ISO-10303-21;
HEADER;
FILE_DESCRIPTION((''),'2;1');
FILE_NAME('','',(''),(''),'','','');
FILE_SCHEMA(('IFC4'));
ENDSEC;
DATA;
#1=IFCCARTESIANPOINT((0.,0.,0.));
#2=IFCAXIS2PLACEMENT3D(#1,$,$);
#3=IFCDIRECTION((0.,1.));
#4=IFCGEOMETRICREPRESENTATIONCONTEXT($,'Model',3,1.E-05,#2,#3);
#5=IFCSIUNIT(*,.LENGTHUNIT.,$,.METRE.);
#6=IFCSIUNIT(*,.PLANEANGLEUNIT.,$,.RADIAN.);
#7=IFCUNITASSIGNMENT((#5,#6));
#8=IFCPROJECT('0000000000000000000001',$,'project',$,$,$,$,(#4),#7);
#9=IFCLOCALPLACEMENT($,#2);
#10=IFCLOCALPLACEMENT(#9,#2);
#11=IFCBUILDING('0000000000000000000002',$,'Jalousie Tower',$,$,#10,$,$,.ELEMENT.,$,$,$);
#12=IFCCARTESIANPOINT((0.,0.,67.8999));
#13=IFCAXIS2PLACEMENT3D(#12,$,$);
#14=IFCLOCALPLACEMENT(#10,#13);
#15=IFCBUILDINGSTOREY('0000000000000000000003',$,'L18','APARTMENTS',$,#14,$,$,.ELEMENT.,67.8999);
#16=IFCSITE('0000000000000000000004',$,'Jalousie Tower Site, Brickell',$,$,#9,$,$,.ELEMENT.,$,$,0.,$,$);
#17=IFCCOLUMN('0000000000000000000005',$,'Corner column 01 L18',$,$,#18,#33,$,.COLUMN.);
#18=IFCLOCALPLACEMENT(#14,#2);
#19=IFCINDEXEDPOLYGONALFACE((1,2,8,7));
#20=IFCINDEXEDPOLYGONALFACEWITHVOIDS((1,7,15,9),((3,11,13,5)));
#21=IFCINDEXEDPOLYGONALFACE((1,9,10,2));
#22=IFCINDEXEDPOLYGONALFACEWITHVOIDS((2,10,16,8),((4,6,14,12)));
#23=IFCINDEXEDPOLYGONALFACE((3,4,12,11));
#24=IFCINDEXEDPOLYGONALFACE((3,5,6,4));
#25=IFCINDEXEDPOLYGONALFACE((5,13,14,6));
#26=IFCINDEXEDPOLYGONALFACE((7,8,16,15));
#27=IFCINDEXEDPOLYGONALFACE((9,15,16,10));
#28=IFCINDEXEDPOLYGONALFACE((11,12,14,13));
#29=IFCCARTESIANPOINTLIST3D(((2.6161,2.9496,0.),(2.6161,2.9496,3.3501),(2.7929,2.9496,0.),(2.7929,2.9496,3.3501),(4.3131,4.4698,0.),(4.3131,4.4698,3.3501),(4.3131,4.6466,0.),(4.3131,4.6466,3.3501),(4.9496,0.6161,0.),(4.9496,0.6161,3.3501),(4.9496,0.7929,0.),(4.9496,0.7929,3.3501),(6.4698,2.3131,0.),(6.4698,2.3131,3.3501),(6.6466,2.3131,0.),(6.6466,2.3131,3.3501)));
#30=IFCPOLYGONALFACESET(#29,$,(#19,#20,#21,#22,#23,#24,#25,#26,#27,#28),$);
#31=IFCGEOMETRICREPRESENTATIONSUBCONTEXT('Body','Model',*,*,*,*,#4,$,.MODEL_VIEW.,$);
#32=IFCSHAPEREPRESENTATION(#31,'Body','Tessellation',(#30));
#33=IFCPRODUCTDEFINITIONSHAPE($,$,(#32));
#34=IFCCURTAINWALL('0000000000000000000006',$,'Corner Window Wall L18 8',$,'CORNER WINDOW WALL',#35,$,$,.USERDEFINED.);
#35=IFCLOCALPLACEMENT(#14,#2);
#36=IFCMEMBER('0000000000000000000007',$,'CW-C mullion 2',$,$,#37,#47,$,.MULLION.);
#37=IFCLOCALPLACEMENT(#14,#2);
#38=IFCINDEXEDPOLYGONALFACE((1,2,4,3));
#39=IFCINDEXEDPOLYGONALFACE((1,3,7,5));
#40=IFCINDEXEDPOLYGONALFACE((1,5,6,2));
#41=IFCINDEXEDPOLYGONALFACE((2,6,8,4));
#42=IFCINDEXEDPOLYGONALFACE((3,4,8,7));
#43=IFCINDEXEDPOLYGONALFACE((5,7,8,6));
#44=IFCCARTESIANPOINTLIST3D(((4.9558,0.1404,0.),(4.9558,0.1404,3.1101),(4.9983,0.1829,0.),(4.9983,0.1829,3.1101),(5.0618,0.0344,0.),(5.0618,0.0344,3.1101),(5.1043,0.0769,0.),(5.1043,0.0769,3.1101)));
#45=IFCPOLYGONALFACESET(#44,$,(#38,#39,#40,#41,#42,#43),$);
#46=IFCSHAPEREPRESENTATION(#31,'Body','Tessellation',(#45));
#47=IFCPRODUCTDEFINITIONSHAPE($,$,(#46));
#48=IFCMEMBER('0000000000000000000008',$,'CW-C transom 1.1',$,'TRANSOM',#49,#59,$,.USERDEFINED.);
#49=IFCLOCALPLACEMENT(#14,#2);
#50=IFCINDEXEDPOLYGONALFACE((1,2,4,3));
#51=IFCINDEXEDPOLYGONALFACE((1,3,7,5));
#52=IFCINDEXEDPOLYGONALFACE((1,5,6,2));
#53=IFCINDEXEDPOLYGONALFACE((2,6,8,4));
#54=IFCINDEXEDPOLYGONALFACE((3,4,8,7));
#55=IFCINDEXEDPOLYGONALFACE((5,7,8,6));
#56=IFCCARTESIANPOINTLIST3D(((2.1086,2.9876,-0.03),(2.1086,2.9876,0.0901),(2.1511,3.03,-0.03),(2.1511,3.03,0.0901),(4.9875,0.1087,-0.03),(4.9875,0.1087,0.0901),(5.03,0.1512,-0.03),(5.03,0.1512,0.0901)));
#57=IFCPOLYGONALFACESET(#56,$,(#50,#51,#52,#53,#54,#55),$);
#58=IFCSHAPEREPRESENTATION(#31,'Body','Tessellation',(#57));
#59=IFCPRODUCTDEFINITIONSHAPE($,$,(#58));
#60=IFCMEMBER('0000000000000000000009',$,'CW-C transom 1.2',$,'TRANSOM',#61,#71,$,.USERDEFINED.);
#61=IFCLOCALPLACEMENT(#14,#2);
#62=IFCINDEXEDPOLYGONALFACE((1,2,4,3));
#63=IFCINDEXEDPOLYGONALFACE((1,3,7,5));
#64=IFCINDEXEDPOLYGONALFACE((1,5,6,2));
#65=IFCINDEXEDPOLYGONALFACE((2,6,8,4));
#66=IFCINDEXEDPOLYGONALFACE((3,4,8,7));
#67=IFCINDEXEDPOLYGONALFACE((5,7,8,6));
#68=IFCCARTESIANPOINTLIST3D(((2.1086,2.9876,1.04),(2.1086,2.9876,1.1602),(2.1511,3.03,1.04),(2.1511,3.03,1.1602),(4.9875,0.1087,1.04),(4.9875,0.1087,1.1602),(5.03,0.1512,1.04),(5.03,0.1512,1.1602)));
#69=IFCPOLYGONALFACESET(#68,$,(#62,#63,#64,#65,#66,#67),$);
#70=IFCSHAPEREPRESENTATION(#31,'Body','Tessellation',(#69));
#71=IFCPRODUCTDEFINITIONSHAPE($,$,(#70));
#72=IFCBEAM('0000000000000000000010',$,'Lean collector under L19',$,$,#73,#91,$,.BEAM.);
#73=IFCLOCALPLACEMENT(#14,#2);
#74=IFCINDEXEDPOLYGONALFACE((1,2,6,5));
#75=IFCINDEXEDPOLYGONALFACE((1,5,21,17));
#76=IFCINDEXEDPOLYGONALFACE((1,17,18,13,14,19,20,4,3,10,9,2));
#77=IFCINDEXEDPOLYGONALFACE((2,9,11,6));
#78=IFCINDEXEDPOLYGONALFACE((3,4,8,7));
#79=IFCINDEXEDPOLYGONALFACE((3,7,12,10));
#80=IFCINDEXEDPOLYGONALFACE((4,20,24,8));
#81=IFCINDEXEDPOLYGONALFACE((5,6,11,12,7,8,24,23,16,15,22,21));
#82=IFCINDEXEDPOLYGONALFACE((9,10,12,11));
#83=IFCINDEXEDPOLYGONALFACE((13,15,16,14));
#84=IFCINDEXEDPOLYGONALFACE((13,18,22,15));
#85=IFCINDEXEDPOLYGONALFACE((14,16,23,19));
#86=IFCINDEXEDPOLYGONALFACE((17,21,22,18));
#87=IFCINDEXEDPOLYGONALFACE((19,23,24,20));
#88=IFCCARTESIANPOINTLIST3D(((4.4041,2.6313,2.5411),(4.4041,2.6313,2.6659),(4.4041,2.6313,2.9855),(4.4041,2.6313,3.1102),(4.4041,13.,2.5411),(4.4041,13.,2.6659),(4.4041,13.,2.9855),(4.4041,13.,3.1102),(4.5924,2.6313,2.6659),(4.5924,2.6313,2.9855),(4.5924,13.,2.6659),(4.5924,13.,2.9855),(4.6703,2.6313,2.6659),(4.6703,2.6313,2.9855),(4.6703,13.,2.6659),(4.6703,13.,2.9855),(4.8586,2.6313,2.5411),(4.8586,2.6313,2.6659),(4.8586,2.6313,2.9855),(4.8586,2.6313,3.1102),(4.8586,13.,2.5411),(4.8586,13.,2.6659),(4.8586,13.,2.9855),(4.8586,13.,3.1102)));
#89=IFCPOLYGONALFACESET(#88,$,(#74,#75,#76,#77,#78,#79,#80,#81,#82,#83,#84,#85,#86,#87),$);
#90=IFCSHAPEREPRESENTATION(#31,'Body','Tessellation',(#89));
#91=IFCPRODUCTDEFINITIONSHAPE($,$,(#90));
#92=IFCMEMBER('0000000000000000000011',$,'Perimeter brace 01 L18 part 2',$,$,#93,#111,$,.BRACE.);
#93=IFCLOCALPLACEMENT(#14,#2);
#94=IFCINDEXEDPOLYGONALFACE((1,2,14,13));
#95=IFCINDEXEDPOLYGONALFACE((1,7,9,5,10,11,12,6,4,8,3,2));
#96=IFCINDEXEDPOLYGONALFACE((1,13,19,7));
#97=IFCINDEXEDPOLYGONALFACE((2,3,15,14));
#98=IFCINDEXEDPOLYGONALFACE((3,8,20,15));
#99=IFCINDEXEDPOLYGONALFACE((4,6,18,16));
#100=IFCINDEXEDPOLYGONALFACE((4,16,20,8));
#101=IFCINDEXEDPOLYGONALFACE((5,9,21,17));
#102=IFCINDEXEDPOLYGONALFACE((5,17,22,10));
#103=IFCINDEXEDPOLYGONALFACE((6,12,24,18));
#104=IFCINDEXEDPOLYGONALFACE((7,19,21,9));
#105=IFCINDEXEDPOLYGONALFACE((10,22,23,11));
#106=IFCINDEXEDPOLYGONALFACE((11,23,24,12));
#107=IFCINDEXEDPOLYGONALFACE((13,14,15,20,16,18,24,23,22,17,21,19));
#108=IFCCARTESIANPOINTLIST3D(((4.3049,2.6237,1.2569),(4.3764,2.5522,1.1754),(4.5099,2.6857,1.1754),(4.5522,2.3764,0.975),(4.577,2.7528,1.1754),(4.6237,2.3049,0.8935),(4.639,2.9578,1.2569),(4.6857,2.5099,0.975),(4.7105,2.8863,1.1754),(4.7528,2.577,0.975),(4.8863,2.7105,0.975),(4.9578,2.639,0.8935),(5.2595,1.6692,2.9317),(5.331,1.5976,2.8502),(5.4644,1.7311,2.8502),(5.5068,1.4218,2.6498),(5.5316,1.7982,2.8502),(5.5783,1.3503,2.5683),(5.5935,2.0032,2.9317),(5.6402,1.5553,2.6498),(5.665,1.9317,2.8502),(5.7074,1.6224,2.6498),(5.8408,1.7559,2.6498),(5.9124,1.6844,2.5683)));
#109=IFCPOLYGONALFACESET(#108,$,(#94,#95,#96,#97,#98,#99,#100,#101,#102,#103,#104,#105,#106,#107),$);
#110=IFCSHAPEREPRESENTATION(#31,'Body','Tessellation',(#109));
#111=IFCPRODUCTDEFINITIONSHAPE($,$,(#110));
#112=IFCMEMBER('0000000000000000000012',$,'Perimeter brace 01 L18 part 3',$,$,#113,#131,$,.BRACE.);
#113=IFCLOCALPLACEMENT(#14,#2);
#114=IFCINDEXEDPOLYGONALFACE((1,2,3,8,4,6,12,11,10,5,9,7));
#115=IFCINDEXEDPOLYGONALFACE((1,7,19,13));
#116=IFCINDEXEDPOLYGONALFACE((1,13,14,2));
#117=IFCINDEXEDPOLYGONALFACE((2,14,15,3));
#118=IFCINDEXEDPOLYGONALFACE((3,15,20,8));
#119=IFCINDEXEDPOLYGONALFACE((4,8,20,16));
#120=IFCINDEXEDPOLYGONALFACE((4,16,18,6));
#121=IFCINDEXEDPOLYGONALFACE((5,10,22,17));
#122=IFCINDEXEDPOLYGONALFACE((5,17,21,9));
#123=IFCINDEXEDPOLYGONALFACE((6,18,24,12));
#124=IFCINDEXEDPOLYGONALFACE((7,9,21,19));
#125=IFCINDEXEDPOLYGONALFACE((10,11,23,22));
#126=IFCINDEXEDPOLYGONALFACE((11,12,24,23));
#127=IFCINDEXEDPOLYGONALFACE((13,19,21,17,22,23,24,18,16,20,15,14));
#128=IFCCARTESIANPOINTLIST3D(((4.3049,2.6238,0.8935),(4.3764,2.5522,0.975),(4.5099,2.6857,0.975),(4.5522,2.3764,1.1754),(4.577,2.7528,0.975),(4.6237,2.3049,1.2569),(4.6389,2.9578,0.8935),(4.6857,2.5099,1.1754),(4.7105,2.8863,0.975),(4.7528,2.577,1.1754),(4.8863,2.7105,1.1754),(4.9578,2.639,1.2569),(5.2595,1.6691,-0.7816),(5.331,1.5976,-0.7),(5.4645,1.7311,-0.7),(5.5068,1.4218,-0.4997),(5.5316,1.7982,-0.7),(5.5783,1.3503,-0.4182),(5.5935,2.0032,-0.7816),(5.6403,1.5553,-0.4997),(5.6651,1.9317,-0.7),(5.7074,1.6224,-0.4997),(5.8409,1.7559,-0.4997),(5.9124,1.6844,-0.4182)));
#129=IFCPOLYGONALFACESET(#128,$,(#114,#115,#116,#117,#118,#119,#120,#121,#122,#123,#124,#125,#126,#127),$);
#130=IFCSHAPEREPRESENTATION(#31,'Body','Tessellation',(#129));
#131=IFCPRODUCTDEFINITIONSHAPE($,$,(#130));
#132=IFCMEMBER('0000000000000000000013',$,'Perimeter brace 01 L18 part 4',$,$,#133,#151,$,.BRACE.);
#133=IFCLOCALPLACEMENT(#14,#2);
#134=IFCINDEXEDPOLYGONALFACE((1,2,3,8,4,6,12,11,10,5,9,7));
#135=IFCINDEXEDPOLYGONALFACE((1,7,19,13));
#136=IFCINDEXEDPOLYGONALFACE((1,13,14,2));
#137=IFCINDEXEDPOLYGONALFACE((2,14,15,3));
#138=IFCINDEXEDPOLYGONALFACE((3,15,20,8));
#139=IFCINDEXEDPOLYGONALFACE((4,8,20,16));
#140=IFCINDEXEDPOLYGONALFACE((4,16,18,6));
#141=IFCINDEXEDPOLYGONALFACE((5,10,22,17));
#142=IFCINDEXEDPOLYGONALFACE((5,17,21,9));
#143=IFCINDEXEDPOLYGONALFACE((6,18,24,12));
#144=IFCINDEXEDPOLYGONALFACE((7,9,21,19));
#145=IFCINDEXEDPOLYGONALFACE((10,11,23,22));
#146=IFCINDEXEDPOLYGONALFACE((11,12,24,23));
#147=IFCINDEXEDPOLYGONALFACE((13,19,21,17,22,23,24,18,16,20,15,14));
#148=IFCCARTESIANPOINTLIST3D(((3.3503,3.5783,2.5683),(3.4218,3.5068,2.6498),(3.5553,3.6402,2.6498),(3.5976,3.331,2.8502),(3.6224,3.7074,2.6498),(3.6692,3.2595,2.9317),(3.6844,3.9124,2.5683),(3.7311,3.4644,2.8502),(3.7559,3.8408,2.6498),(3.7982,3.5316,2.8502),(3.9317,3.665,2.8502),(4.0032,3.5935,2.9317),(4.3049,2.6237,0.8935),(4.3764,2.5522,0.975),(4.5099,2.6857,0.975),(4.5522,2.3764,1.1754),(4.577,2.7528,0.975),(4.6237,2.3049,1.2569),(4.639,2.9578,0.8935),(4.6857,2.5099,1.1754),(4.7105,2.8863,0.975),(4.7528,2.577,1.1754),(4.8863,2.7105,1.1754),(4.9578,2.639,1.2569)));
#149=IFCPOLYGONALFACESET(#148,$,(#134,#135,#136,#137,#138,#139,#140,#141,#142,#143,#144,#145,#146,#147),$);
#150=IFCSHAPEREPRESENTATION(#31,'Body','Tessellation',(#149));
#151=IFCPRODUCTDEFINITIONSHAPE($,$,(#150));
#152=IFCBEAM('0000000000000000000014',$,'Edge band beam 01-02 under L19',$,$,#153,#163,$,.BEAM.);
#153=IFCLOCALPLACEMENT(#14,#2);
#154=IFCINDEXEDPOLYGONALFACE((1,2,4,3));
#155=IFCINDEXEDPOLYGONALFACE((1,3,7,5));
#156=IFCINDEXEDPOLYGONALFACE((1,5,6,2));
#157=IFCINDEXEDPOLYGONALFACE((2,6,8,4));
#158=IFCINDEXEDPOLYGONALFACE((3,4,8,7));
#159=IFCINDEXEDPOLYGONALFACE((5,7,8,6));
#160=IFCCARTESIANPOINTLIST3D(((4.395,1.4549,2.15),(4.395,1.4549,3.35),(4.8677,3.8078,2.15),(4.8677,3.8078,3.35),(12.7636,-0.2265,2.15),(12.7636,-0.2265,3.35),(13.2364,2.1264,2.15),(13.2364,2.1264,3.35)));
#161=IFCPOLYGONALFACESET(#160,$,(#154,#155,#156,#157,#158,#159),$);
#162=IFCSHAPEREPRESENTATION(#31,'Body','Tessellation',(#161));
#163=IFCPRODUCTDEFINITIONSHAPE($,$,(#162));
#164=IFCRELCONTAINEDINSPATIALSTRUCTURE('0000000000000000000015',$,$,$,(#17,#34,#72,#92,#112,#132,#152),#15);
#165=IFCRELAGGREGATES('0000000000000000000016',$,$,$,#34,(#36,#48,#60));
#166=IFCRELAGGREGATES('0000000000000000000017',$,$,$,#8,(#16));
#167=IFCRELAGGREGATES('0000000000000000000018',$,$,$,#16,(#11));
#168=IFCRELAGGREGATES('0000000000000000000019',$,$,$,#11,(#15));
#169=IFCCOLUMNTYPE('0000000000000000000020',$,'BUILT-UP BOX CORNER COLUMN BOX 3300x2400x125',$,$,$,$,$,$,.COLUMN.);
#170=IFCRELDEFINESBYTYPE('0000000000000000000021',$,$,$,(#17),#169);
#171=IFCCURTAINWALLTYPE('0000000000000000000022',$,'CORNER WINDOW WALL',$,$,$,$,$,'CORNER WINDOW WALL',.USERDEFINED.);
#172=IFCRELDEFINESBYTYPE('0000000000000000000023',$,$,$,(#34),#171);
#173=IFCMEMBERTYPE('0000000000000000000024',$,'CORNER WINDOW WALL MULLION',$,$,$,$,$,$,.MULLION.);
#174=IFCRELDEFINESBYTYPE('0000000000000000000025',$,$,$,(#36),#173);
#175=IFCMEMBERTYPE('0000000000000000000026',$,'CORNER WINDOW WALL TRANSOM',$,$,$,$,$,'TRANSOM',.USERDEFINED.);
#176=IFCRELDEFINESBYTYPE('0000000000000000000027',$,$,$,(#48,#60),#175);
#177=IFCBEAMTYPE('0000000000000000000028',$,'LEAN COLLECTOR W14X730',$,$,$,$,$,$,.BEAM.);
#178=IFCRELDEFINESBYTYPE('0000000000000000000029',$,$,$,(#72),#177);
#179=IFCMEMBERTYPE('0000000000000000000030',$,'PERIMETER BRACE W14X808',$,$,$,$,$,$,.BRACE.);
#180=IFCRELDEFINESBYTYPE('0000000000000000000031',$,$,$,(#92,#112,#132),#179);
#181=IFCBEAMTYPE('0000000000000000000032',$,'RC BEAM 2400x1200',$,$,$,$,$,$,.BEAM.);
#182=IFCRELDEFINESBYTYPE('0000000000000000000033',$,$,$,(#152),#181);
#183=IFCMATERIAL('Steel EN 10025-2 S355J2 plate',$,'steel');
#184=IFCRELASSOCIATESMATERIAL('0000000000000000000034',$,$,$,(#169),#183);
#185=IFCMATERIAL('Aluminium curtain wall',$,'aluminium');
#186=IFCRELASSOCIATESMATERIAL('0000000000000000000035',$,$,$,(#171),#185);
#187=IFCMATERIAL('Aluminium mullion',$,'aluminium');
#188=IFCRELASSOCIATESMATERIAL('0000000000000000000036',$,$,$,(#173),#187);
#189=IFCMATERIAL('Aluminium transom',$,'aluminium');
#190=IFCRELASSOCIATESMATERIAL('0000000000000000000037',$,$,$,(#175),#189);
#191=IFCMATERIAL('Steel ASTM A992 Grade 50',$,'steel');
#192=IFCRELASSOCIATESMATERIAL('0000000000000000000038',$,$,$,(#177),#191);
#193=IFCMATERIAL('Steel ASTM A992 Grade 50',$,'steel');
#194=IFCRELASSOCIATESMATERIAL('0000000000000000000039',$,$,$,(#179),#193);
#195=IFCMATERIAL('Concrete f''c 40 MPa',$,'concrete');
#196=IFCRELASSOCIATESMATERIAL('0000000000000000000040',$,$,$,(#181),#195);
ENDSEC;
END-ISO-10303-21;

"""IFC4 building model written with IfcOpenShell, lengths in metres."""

from ifc_helpers import new_model, si_unit, direction, frame, origin, origin_2d, place, context, subcontext, project, spatial, rectangle, hollow_rectangle, i_section, extrude, material, material_profile, profile_set, type_object, element, aggregate, save


model = new_model("IFC4")

# Units and contexts
model_context = context("Model", 3, precision=1e-05, world=origin(), true_north=direction((0.0, 1.0)))
body_context = subcontext(model_context, "Body", "Model", "MODEL_VIEW")
ifc_project = project(units=[si_unit("LENGTHUNIT", "METRE"), si_unit("PLANEANGLEUNIT", "RADIAN")], contexts=[model_context])

# Site, building, storey
site_placement = place(None, origin())
site = spatial("IfcSite", under=ifc_project, at=site_placement, Name="Jalousie Tower Site, Brickell", CompositionType="ELEMENT", RefElevation=0.0)
building_placement = place(site_placement, origin())
building = spatial("IfcBuilding", under=site, at=building_placement, Name="Jalousie Tower", CompositionType="ELEMENT")
storey_placement = place(building_placement, frame((0.0, 0.0, 67.8999)))
storey = spatial("IfcBuildingStorey", under=building, at=storey_placement, Name="L18", Description="APARTMENTS", CompositionType="ELEMENT", Elevation=67.8999)

# Column
ifc_material_1 = material(Name="Steel EN 10025-2 S355J2 plate", Category="steel")
ifc_material_profile_1 = material_profile(ifc_material_1, hollow_rectangle(XDim=2.3999, YDim=3.3, WallThickness=0.125, at=origin_2d()), Name="BOX 3300x2400x125")
ifc_profile_set_1 = profile_set([ifc_material_profile_1], Name="Steel EN 10025-2 S355J2 plate")
column_type = type_object("IfcColumnType", Name="BUILT-UP BOX CORNER COLUMN BOX 3300x2400x125", PredefinedType="COLUMN", material=ifc_profile_set_1)
column_placement = place(storey_placement, frame((4.6313, 2.6313, 0.0), z_axis=(0.0, 0.0, 1.0), x_axis=(0.707107, 0.707107, 0.0)))
element("IfcColumn", 1, at=column_placement, inside=storey, type_object=column_type, Name="Corner column 01 L18", PredefinedType="COLUMN", context=body_context, shape_type="SweptSolid", body=[
    extrude(hollow_rectangle(XDim=2.3999, YDim=3.3, WallThickness=0.125, at=origin_2d()), origin(), (0.0, 0.0, 1.0), 3.3501),
])

# Curtain wall, members
ifc_material_2 = material(Name="Aluminium curtain wall", Category="aluminium")
curtain_wall_type_1 = type_object("IfcCurtainWallType", Name="CORNER WINDOW WALL", ElementType="CORNER WINDOW WALL", PredefinedType="USERDEFINED", material=ifc_material_2)
curtain_wall_1_placement = place(storey_placement, origin())
curtain_wall_1 = element("IfcCurtainWall", 2, at=curtain_wall_1_placement, inside=storey, type_object=curtain_wall_type_1, Name="Corner Window Wall L18 8", ObjectType="CORNER WINDOW WALL", PredefinedType="USERDEFINED")
ifc_material_3 = material(Name="Aluminium mullion", Category="aluminium")
ifc_material_profile_2 = material_profile(ifc_material_3, rectangle(XDim=0.0601, YDim=0.1499, at=origin_2d()), Name="MULLION 60x150")
ifc_profile_set_2 = profile_set([ifc_material_profile_2], Name="Aluminium mullion")
member_type_1 = type_object("IfcMemberType", Name="CORNER WINDOW WALL MULLION", PredefinedType="MULLION", material=ifc_profile_set_2)
member_1_placement = place(storey_placement, frame((5.03, 0.1086, 0.0), z_axis=(0.0, 0.0, 1.0), x_axis=(0.707107, 0.707107, 0.0)))
member_1 = element("IfcMember", 3, at=member_1_placement, type_object=member_type_1, Name="CW-C mullion 2", PredefinedType="MULLION", context=body_context, shape_type="SweptSolid", body=[
    extrude(rectangle(XDim=0.0601, YDim=0.1499, at=origin_2d()), origin(), (0.0, 0.0, 1.0), 3.1101),
])
ifc_material_4 = material(Name="Aluminium transom", Category="aluminium")
ifc_material_profile_3 = material_profile(ifc_material_4, rectangle(XDim=0.0601, YDim=0.1201, at=origin_2d()), Name="TRANSOM 60x120")
ifc_profile_set_3 = profile_set([ifc_material_profile_3], Name="Aluminium transom")
member_type_2 = type_object("IfcMemberType", Name="CORNER WINDOW WALL TRANSOM", ElementType="TRANSOM", PredefinedType="USERDEFINED", material=ifc_profile_set_3)
member_2_placement = place(storey_placement, frame((2.1299, 3.0088, 0.03), z_axis=(0.707107, -0.707107, 0.0), x_axis=(0.707107, 0.707107, 0.0)))
member_2 = element("IfcMember", 4, at=member_2_placement, type_object=member_type_2, Name="CW-C transom 1.1", ObjectType="TRANSOM", PredefinedType="USERDEFINED", context=body_context, shape_type="SweptSolid", body=[
    extrude(rectangle(XDim=0.0601, YDim=0.1201, at=origin_2d()), origin(), (0.0, 0.0, 1.0), 4.0713),
])
member_3_placement = place(storey_placement, frame((2.1299, 3.0088, 1.1001), z_axis=(0.707107, -0.707107, 0.0), x_axis=(0.707107, 0.707107, 0.0)))
member_3 = element("IfcMember", 5, at=member_3_placement, type_object=member_type_2, Name="CW-C transom 1.2", ObjectType="TRANSOM", PredefinedType="USERDEFINED", context=body_context, shape_type="SweptSolid", body=[
    extrude(rectangle(XDim=0.0601, YDim=0.1201, at=origin_2d()), origin(), (0.0, 0.0, 1.0), 4.0713),
])

# Beam
ifc_material_5 = material(Name="Steel ASTM A992 Grade 50", Category="steel")
ifc_material_profile_4 = material_profile(ifc_material_5, i_section(OverallWidth=0.4546, OverallDepth=0.5691, WebThickness=0.0779, FlangeThickness=0.1248, at=origin_2d()), Name="W14X730")
ifc_profile_set_4 = profile_set([ifc_material_profile_4], Name="Steel ASTM A992 Grade 50")
beam_type_1 = type_object("IfcBeamType", Name="LEAN COLLECTOR W14X730", PredefinedType="BEAM", material=ifc_profile_set_4)
beam_1_placement = place(storey_placement, frame((4.6313, 2.6313, 2.8257), z_axis=(0.0, 1.0, 0.0), x_axis=(-1.0, 0.0, 0.0)))
element("IfcBeam", 6, at=beam_1_placement, inside=storey, type_object=beam_type_1, Name="Lean collector under L19", PredefinedType="BEAM", context=body_context, shape_type="SweptSolid", body=[
    extrude(i_section(OverallWidth=0.4546, OverallDepth=0.5691, WebThickness=0.0779, FlangeThickness=0.1248, at=origin_2d()), origin(), (0.0, 0.0, 1.0), 10.3687),
])

# Members
ifc_material_6 = material(Name="Steel ASTM A992 Grade 50", Category="steel")
ifc_material_profile_5 = material_profile(ifc_material_6, i_section(OverallWidth=0.4724, OverallDepth=0.5791, WebThickness=0.095, FlangeThickness=0.1299, at=origin_2d()), Name="W14X808")
ifc_profile_set_5 = profile_set([ifc_material_profile_5], Name="Steel ASTM A992 Grade 50")
member_type_3 = type_object("IfcMemberType", Name="PERIMETER BRACE W14X808", PredefinedType="BRACE", material=ifc_profile_set_5)
member_4_placement = place(storey_placement, frame((4.6313, 2.6313, 1.0752), z_axis=(0.443758, -0.443758, 0.778562), x_axis=(0.707107, 0.707107, 0.0)))
element("IfcMember", 7, at=member_4_placement, inside=storey, type_object=member_type_3, Name="Perimeter brace 01 L18 part 2", PredefinedType="BRACE", context=body_context, shape_type="SweptSolid", body=[
    extrude(i_section(OverallWidth=0.4724, OverallDepth=0.5791, WebThickness=0.095, FlangeThickness=0.1299, at=origin_2d()), origin(), (0.0, 0.0, 1.0), 2.1511),
])
member_5_placement = place(storey_placement, frame((5.5859, 1.6768, -0.5999), z_axis=(-0.443718, 0.443718, 0.778607), x_axis=(-0.707107, -0.707107, 0.0)))
element("IfcMember", 8, at=member_5_placement, inside=storey, type_object=member_type_3, Name="Perimeter brace 01 L18 part 3", PredefinedType="BRACE", context=body_context, shape_type="SweptSolid", body=[
    extrude(i_section(OverallWidth=0.4724, OverallDepth=0.5791, WebThickness=0.095, FlangeThickness=0.1299, at=origin_2d()), origin(), (0.0, 0.0, 1.0), 2.1514),
])
member_6_placement = place(storey_placement, frame((4.6313, 2.6313, 1.0752), z_axis=(-0.443758, 0.443758, 0.778562), x_axis=(-0.707107, -0.707107, 0.0)))
element("IfcMember", 9, at=member_6_placement, inside=storey, type_object=member_type_3, Name="Perimeter brace 01 L18 part 4", PredefinedType="BRACE", context=body_context, shape_type="SweptSolid", body=[
    extrude(i_section(OverallWidth=0.4724, OverallDepth=0.5791, WebThickness=0.095, FlangeThickness=0.1299, at=origin_2d()), origin(), (0.0, 0.0, 1.0), 2.1511),
])

# Beam
ifc_material_7 = material(Name="Concrete f'c 40 MPa", Category="concrete")
ifc_material_profile_6 = material_profile(ifc_material_7, rectangle(XDim=2.3999, YDim=1.2, at=origin_2d()), Name="RC 2400x1200")
ifc_profile_set_6 = profile_set([ifc_material_profile_6], Name="Concrete f'c 40 MPa")
beam_type_2 = type_object("IfcBeamType", Name="RC BEAM 2400x1200", PredefinedType="BEAM", material=ifc_profile_set_6)
beam_2_placement = place(storey_placement, frame((4.6313, 2.6313, 2.75), z_axis=(0.980408, -0.19698, 0.0), x_axis=(0.19698, 0.980408, 0.0)))
element("IfcBeam", 10, at=beam_2_placement, inside=storey, type_object=beam_type_2, Name="Edge band beam 01-02 under L19", PredefinedType="BEAM", context=body_context, shape_type="SweptSolid", body=[
    extrude(rectangle(XDim=2.3999, YDim=1.2, at=origin_2d()), origin(), (0.0, 0.0, 1.0), 8.5359),
])

aggregate(curtain_wall_1, [member_1, member_2, member_3])

save(model, "model.ifc")
